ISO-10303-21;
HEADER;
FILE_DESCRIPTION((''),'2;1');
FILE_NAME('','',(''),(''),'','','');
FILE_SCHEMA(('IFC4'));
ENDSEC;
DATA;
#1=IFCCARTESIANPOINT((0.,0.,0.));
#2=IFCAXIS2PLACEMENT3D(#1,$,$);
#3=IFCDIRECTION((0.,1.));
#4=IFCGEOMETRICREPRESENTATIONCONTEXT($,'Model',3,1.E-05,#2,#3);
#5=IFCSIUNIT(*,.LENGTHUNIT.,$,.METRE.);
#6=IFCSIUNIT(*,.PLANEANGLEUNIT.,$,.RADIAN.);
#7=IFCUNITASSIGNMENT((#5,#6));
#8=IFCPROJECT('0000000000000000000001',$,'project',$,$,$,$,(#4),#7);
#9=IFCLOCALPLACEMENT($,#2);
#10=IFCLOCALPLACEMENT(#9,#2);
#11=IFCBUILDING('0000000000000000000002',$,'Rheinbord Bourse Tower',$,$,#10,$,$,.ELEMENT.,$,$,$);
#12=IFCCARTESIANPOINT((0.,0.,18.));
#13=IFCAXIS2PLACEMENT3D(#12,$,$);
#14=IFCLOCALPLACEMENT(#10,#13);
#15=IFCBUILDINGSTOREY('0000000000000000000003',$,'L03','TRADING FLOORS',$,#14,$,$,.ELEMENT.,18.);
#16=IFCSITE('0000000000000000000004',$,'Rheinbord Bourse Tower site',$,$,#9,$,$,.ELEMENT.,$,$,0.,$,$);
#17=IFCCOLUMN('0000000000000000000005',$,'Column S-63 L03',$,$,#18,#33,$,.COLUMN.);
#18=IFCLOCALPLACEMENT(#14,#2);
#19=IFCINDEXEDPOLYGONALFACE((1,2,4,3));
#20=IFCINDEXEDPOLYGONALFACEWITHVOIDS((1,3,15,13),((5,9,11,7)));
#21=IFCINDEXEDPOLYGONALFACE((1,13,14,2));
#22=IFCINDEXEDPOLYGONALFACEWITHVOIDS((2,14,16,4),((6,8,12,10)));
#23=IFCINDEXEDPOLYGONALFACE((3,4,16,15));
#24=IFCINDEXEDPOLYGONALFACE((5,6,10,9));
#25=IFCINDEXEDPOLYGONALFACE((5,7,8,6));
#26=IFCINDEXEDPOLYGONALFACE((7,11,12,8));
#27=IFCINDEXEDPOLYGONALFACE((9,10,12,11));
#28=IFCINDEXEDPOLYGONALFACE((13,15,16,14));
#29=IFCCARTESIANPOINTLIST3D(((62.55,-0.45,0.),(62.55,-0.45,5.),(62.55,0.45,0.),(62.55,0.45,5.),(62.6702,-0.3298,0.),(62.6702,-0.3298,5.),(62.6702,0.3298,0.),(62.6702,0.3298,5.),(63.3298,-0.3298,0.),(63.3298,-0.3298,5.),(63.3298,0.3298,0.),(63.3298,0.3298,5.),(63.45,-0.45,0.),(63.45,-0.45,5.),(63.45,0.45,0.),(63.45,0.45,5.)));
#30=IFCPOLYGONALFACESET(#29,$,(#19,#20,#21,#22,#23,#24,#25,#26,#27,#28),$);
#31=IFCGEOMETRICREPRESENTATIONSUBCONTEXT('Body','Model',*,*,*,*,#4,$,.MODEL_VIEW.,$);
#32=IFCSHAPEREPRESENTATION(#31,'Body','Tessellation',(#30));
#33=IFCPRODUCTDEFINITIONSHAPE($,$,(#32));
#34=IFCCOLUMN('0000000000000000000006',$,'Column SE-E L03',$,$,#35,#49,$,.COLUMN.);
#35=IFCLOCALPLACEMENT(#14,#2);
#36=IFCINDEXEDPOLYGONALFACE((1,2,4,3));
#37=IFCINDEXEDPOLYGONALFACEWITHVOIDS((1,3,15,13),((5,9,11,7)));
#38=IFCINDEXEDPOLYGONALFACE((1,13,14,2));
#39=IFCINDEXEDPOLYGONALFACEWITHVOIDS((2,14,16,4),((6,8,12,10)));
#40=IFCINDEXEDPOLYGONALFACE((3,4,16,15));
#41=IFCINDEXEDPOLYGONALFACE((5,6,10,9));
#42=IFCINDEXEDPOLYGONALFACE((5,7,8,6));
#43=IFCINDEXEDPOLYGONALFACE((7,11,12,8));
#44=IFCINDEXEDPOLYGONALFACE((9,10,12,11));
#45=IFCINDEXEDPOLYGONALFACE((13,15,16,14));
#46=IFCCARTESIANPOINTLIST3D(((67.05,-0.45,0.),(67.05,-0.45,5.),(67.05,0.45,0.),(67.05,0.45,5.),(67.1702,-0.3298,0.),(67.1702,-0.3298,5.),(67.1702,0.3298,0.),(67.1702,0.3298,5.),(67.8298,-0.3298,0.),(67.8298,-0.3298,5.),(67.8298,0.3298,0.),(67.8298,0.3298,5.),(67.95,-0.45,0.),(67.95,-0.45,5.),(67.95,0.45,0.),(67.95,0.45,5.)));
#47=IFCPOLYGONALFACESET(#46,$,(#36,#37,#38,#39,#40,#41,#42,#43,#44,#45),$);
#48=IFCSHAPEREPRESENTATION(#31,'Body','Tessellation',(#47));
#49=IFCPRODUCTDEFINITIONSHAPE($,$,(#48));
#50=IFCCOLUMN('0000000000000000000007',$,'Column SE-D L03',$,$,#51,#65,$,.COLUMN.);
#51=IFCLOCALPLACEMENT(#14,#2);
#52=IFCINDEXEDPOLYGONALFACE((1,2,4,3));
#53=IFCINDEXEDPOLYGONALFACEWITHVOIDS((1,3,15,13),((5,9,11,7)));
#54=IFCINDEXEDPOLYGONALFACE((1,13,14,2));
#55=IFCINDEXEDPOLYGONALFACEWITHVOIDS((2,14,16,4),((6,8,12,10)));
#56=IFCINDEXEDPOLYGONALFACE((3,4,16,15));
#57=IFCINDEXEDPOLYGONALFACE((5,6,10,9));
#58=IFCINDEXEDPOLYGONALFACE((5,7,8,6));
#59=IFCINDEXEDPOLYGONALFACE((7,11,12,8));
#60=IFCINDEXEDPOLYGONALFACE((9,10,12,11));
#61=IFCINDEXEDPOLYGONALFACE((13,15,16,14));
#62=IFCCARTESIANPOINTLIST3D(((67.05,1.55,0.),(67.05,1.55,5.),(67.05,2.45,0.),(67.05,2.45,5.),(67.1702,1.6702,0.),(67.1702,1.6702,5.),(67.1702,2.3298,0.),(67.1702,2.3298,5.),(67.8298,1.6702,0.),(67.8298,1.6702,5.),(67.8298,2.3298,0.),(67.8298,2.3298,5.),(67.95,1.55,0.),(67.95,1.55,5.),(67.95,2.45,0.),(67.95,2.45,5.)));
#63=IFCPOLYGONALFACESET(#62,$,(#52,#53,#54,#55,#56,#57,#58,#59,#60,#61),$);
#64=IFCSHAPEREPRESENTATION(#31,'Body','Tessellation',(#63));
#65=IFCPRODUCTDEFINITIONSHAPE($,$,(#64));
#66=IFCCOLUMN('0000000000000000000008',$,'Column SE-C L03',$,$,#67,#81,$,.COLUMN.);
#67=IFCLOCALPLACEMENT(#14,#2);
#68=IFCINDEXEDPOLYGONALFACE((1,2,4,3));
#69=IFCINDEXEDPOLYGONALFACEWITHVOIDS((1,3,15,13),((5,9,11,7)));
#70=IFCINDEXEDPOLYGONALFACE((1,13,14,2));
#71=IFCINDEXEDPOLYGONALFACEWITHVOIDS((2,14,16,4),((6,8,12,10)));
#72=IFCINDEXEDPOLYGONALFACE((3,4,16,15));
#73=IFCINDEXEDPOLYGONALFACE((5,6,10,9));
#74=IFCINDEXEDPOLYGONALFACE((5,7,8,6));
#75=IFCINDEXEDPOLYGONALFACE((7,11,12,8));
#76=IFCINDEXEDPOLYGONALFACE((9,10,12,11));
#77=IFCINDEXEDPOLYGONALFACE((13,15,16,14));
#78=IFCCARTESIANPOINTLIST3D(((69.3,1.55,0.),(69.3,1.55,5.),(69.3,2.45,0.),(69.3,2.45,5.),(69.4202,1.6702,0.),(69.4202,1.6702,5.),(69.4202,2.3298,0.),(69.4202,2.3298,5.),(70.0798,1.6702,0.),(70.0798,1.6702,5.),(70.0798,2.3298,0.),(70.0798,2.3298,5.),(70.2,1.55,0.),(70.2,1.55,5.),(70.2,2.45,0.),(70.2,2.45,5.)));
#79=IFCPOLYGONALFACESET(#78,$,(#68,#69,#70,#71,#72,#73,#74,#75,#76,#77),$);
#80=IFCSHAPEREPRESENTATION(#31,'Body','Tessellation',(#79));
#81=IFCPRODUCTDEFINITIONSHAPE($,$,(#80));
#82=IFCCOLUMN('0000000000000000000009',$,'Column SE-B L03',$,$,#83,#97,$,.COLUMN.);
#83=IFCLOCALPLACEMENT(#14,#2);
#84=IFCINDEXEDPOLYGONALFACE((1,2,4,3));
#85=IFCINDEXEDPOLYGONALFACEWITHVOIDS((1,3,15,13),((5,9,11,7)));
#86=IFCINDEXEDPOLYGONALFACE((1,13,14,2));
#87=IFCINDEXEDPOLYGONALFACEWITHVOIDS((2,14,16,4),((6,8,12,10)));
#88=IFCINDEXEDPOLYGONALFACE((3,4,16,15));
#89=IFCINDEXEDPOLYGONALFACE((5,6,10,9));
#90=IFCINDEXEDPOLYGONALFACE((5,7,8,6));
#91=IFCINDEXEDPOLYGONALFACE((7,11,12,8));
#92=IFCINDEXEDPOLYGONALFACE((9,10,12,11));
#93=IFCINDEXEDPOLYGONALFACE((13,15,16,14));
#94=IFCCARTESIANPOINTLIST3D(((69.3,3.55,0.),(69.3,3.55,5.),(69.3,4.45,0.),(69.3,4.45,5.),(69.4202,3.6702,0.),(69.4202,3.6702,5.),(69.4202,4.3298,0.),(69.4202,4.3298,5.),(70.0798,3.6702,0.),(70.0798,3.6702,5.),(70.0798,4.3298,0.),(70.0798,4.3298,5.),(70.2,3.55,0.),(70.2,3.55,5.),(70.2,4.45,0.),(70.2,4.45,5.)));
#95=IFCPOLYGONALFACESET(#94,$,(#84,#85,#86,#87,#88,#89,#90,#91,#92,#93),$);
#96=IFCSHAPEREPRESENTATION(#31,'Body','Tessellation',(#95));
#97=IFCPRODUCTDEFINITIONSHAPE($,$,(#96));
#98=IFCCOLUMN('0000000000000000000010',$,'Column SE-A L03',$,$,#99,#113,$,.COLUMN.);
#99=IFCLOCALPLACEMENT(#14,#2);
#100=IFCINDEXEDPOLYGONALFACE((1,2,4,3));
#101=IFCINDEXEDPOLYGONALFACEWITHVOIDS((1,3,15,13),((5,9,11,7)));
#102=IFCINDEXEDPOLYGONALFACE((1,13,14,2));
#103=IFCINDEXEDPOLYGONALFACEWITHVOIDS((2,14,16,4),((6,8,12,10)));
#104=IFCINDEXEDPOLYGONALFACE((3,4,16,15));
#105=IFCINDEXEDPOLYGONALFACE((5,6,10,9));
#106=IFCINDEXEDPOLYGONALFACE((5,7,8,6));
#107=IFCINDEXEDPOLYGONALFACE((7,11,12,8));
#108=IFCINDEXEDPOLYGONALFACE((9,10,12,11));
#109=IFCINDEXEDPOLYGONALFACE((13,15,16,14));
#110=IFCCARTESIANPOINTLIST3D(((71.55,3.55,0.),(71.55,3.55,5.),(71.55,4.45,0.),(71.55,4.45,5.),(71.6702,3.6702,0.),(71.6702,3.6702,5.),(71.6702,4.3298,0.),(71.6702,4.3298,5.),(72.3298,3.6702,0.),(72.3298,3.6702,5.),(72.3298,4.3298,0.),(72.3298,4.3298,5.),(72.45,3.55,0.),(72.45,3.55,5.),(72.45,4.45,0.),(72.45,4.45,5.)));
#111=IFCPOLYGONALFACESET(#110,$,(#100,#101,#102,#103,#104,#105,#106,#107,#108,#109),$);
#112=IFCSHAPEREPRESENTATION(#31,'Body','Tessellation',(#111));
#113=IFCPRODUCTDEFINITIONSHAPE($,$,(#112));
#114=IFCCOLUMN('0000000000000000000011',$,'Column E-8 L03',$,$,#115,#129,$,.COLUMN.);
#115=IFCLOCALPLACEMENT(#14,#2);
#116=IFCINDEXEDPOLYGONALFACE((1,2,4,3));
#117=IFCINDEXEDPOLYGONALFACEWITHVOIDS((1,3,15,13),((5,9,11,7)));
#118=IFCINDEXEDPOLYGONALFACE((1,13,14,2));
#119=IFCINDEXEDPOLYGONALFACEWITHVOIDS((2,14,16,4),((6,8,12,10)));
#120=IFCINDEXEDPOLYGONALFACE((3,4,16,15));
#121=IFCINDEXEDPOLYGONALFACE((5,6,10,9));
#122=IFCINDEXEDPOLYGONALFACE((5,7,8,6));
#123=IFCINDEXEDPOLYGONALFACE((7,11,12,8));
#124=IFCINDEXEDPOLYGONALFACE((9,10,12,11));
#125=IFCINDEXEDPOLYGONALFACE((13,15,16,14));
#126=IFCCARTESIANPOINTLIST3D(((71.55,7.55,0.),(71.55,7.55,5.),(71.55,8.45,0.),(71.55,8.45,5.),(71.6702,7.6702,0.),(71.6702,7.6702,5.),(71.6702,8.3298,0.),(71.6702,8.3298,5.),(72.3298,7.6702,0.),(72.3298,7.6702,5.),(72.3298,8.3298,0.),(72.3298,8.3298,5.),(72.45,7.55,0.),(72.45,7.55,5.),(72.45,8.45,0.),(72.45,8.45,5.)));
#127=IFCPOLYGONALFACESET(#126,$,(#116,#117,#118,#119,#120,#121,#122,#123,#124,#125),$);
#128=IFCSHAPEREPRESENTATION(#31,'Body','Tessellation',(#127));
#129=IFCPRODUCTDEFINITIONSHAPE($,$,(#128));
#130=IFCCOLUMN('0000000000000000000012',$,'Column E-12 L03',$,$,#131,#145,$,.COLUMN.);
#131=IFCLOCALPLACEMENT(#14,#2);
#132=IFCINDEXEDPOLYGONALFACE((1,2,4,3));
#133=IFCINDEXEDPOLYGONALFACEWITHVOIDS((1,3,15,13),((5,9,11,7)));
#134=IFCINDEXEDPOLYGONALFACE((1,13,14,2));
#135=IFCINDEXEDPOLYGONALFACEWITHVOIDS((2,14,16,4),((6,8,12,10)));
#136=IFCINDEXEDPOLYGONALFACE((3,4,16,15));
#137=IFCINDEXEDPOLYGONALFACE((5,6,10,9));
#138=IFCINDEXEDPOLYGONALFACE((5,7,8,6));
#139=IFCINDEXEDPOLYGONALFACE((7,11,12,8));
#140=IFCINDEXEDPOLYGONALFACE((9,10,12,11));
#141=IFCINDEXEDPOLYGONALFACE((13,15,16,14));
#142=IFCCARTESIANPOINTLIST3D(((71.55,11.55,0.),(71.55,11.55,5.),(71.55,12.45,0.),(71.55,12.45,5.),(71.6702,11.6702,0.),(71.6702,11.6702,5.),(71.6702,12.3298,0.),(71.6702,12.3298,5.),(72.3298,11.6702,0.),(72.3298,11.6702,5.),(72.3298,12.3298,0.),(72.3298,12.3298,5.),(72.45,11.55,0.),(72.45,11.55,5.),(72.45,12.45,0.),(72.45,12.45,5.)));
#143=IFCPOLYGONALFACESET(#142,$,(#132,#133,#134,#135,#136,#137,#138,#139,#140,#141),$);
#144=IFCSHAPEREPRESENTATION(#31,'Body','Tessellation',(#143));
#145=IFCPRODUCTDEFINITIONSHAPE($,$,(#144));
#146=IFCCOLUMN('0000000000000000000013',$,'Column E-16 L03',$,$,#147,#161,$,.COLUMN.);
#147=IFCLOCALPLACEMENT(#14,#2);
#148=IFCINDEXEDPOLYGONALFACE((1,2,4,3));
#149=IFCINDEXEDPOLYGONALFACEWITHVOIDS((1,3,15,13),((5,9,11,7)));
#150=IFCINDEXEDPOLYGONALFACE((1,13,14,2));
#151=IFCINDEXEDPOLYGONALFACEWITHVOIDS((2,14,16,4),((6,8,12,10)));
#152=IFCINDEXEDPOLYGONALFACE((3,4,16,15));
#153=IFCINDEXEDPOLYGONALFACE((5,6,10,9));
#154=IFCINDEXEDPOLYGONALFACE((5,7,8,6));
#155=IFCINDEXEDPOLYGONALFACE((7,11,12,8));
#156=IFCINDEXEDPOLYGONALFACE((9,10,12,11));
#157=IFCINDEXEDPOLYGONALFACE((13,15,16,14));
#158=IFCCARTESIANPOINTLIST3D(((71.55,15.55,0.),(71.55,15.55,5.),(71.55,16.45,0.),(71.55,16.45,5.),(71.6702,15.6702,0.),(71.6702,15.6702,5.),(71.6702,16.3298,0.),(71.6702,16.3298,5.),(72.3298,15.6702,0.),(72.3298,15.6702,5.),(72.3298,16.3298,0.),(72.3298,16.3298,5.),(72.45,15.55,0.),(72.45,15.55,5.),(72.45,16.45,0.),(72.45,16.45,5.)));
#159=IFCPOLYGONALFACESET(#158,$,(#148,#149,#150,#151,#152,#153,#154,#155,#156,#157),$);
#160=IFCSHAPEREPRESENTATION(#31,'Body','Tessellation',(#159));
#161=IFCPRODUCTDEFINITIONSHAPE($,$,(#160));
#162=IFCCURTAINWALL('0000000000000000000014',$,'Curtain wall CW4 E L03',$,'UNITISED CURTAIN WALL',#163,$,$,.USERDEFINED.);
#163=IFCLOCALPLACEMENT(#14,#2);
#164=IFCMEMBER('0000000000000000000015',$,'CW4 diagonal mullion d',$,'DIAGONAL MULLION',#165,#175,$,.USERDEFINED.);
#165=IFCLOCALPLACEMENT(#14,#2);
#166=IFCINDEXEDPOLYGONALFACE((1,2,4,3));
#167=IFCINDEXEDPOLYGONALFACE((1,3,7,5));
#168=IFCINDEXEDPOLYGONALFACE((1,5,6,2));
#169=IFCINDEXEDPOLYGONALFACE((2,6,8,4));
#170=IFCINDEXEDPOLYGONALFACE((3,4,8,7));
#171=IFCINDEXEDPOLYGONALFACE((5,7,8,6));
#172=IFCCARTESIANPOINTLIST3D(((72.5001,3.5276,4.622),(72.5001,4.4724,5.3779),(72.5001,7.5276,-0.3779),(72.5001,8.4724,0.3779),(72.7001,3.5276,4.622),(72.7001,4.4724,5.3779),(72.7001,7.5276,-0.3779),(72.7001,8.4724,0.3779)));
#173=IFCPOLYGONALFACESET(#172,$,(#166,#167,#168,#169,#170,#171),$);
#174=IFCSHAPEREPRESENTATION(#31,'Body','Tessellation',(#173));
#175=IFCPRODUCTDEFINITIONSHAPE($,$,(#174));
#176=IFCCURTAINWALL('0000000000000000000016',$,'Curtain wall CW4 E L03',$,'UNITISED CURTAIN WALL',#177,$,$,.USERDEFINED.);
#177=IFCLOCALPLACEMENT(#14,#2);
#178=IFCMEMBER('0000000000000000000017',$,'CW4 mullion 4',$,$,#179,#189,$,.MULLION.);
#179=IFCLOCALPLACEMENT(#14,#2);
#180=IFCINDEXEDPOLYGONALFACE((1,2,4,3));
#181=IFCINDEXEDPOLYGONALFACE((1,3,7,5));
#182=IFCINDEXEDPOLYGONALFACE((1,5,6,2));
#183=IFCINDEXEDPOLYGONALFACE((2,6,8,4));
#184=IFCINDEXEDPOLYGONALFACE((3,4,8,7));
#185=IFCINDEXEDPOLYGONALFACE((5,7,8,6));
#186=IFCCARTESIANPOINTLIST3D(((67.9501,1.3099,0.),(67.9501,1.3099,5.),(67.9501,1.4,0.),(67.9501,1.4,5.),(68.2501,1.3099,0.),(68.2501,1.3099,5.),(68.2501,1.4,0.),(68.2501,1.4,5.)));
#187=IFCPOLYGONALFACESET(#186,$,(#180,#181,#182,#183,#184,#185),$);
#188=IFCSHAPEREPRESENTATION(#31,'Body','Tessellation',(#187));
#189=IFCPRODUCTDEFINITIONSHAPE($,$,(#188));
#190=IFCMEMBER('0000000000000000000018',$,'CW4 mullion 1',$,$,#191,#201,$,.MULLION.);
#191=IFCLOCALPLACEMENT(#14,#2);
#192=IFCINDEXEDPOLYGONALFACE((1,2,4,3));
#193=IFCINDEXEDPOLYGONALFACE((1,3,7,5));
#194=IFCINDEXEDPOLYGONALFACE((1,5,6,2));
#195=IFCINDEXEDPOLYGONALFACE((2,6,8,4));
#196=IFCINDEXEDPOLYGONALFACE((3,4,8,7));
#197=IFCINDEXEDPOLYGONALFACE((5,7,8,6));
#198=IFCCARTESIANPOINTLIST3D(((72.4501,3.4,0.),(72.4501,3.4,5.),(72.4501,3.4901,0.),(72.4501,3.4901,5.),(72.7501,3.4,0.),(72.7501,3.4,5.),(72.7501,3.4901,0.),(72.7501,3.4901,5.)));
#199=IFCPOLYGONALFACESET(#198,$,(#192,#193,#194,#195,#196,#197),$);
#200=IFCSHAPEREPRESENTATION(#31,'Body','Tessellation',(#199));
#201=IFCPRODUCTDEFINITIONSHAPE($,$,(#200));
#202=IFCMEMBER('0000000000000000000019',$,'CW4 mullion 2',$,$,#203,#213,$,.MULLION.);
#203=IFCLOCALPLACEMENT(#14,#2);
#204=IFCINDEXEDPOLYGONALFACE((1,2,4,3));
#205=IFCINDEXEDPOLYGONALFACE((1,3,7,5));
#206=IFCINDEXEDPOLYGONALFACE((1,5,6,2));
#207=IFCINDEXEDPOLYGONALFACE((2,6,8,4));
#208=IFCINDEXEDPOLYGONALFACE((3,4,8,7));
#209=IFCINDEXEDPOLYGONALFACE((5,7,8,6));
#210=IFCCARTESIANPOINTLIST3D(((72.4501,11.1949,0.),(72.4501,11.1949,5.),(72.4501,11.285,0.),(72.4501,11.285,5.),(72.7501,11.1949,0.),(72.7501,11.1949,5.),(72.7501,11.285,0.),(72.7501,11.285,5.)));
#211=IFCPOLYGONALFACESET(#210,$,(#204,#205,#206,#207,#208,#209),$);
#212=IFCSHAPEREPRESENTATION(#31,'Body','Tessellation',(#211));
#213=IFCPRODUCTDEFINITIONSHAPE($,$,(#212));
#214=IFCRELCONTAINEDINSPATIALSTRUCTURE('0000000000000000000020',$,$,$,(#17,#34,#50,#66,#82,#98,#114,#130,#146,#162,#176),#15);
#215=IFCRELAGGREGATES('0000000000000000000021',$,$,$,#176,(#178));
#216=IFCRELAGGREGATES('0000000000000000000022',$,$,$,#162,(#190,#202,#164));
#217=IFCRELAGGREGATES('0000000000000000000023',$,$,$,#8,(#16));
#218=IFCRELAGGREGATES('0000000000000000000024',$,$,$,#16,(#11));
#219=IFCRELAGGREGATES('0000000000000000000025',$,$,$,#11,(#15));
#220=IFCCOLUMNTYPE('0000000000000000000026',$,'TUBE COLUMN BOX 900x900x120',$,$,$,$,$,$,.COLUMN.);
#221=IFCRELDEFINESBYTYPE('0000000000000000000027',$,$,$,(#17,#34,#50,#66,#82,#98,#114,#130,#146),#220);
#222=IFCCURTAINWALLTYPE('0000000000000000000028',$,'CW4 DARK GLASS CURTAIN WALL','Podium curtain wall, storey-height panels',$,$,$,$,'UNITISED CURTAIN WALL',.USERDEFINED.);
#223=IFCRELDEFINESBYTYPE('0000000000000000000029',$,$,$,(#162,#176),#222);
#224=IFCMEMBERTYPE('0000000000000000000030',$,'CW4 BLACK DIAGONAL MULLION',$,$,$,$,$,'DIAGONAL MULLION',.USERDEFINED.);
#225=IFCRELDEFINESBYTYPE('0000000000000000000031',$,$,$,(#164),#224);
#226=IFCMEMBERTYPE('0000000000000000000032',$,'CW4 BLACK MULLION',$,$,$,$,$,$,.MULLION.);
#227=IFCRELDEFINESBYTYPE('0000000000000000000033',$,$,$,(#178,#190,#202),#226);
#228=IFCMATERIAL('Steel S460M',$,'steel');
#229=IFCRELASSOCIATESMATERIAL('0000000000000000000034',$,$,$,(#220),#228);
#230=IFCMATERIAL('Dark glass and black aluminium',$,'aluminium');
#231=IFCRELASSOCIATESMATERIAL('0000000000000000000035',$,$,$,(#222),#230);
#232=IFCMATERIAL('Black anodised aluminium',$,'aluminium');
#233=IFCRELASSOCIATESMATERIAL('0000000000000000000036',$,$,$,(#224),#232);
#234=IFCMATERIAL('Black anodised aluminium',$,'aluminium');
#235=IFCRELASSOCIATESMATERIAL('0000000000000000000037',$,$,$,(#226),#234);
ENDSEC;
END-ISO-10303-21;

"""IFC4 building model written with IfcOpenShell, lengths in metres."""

from ifc_helpers import new_model, si_unit, direction, frame, origin, origin_2d, place, context, subcontext, project, spatial, rectangle, hollow_rectangle, extrude, material, material_profile, profile_set, type_object, element, aggregate, save


model = new_model("IFC4")

# Units and contexts
model_context = context("Model", 3, precision=1e-05, world=origin(), true_north=direction((0.0, 1.0)))
body_context = subcontext(model_context, "Body", "Model", "MODEL_VIEW")
ifc_project = project(units=[si_unit("LENGTHUNIT", "METRE"), si_unit("PLANEANGLEUNIT", "RADIAN")], contexts=[model_context])

# Site, building, storey
site_placement = place(None, origin())
site = spatial("IfcSite", under=ifc_project, at=site_placement, Name="Rheinbord Bourse Tower site", CompositionType="ELEMENT", RefElevation=0.0)
building_placement = place(site_placement, origin())
building = spatial("IfcBuilding", under=site, at=building_placement, Name="Rheinbord Bourse Tower", CompositionType="ELEMENT")
storey_placement = place(building_placement, frame((0.0, 0.0, 18.0)))
storey = spatial("IfcBuildingStorey", under=building, at=storey_placement, Name="L03", Description="TRADING FLOORS", CompositionType="ELEMENT", Elevation=18.0)

# Columns
ifc_material_1 = material(Name="Steel S460M", Category="steel")
ifc_material_profile_1 = material_profile(ifc_material_1, hollow_rectangle(XDim=0.8999, YDim=0.8999, WallThickness=0.1201, at=origin_2d()), Name="BOX 900x900x120")
ifc_profile_set_1 = profile_set([ifc_material_profile_1], Name="Steel S460M")
column_type = type_object("IfcColumnType", Name="TUBE COLUMN BOX 900x900x120", PredefinedType="COLUMN", material=ifc_profile_set_1)
for number, where, z_axis, x_axis, name in (
    (1, (63.0, 0.0, 0.0), (0.0, 0.0, 1.0), (0.0, 1.0, 0.0), "Column S-63 L03"),
    (2, (67.5, 0.0, 0.0), (0.0, 0.0, 1.0), (0.0, 1.0, 0.0), "Column SE-E L03"),
    (3, (67.5, 2.0, 0.0), (0.0, 0.0, 1.0), (0.0, 1.0, 0.0), "Column SE-D L03"),
    (4, (69.75, 2.0, 0.0), (0.0, 0.0, 1.0), (1.0, 0.0, 0.0), "Column SE-C L03"),
    (5, (69.75, 4.0, 0.0), (0.0, 0.0, 1.0), (1.0, 0.0, 0.0), "Column SE-B L03"),
    (6, (72.0, 4.0, 0.0), (0.0, 0.0, 1.0), (1.0, 0.0, 0.0), "Column SE-A L03"),
    (7, (72.0, 8.0, 0.0), (0.0, 0.0, 1.0), (1.0, 0.0, 0.0), "Column E-8 L03"),
    (8, (72.0, 12.0, 0.0), (0.0, 0.0, 1.0), (1.0, 0.0, 0.0), "Column E-12 L03"),
    (9, (72.0, 16.0, 0.0), (0.0, 0.0, 1.0), (1.0, 0.0, 0.0), "Column E-16 L03"),
):
    element("IfcColumn", number, at=place(storey_placement, frame(where, z_axis=z_axis, x_axis=x_axis)), inside=storey, type_object=column_type, Name=name, PredefinedType="COLUMN", context=body_context, shape_type="SweptSolid", body=[
        extrude(hollow_rectangle(XDim=0.8999, YDim=0.8999, WallThickness=0.1201, at=origin_2d()), origin(), (0.0, 0.0, 1.0), 5.0),
    ])

# Curtain walls, members
ifc_material_2 = material(Name="Dark glass and black aluminium", Category="aluminium")
curtain_wall_type = type_object("IfcCurtainWallType", Name="CW4 DARK GLASS CURTAIN WALL", Description="Podium curtain wall, storey-height panels", ElementType="UNITISED CURTAIN WALL", PredefinedType="USERDEFINED", material=ifc_material_2)
curtain_wall_1_placement = place(storey_placement, origin())
curtain_wall_1 = element("IfcCurtainWall", 10, at=curtain_wall_1_placement, inside=storey, type_object=curtain_wall_type, Name="Curtain wall CW4 E L03", ObjectType="UNITISED CURTAIN WALL", PredefinedType="USERDEFINED")
ifc_material_3 = material(Name="Black anodised aluminium", Category="aluminium")
ifc_material_profile_2 = material_profile(ifc_material_3, rectangle(XDim=0.2, YDim=1.21, at=origin_2d()), Name="CW4 DIAGONAL MULLION 1210x200")
ifc_profile_set_2 = profile_set([ifc_material_profile_2], Name="Black anodised aluminium")
member_type_1 = type_object("IfcMemberType", Name="CW4 BLACK DIAGONAL MULLION", ElementType="DIAGONAL MULLION", PredefinedType="USERDEFINED", material=ifc_profile_set_2)
member_1_placement = place(storey_placement, frame((72.6001, 8.0, 0.0), z_axis=(0.0, -0.624695, 0.780869), x_axis=(1.0, 0.0, 0.0)))
member_1 = element("IfcMember", 11, at=member_1_placement, type_object=member_type_1, Name="CW4 diagonal mullion d", ObjectType="DIAGONAL MULLION", PredefinedType="USERDEFINED", context=body_context, shape_type="SweptSolid", body=[
    extrude(rectangle(XDim=0.2, YDim=1.21, at=origin_2d()), origin(), (0.0, 0.0, 1.0), 6.4031),
])
curtain_wall_2_placement = place(storey_placement, origin())
curtain_wall_2 = element("IfcCurtainWall", 12, at=curtain_wall_2_placement, inside=storey, type_object=curtain_wall_type, Name="Curtain wall CW4 E L03", ObjectType="UNITISED CURTAIN WALL", PredefinedType="USERDEFINED")
ifc_material_4 = material(Name="Black anodised aluminium", Category="aluminium")
ifc_material_profile_3 = material_profile(ifc_material_4, rectangle(XDim=0.3, YDim=0.0901, at=origin_2d()), Name="CW4 MULLION 90x300")
ifc_profile_set_3 = profile_set([ifc_material_profile_3], Name="Black anodised aluminium")
member_type_2 = type_object("IfcMemberType", Name="CW4 BLACK MULLION", PredefinedType="MULLION", material=ifc_profile_set_3)
member_2_placement = place(storey_placement, frame((68.1001, 1.355, 0.0), z_axis=(0.0, 0.0, 1.0), x_axis=(-1.0, 0.0, 0.0)))
member_2 = element("IfcMember", 13, at=member_2_placement, type_object=member_type_2, Name="CW4 mullion 4", PredefinedType="MULLION", context=body_context, shape_type="SweptSolid", body=[
    extrude(rectangle(XDim=0.3, YDim=0.0901, at=origin_2d()), origin(), (0.0, 0.0, 1.0), 5.0),
])
aggregate(curtain_wall_2, [member_2])

# Members
member_3_placement = place(storey_placement, frame((72.6001, 3.4451, 0.0), z_axis=(0.0, 0.0, 1.0), x_axis=(-1.0, 0.0, 0.0)))
member_3 = element("IfcMember", 14, at=member_3_placement, type_object=member_type_2, Name="CW4 mullion 1", PredefinedType="MULLION", context=body_context, shape_type="SweptSolid", body=[
    extrude(rectangle(XDim=0.3, YDim=0.0901, at=origin_2d()), origin(), (0.0, 0.0, 1.0), 5.0),
])
member_4_placement = place(storey_placement, frame((72.6001, 11.24, 0.0), z_axis=(0.0, 0.0, 1.0), x_axis=(-1.0, 0.0, 0.0)))
member_4 = element("IfcMember", 15, at=member_4_placement, type_object=member_type_2, Name="CW4 mullion 2", PredefinedType="MULLION", context=body_context, shape_type="SweptSolid", body=[
    extrude(rectangle(XDim=0.3, YDim=0.0901, at=origin_2d()), origin(), (0.0, 0.0, 1.0), 5.0),
])

aggregate(curtain_wall_1, [member_3, member_4, member_1])

save(model, "model.ifc")
